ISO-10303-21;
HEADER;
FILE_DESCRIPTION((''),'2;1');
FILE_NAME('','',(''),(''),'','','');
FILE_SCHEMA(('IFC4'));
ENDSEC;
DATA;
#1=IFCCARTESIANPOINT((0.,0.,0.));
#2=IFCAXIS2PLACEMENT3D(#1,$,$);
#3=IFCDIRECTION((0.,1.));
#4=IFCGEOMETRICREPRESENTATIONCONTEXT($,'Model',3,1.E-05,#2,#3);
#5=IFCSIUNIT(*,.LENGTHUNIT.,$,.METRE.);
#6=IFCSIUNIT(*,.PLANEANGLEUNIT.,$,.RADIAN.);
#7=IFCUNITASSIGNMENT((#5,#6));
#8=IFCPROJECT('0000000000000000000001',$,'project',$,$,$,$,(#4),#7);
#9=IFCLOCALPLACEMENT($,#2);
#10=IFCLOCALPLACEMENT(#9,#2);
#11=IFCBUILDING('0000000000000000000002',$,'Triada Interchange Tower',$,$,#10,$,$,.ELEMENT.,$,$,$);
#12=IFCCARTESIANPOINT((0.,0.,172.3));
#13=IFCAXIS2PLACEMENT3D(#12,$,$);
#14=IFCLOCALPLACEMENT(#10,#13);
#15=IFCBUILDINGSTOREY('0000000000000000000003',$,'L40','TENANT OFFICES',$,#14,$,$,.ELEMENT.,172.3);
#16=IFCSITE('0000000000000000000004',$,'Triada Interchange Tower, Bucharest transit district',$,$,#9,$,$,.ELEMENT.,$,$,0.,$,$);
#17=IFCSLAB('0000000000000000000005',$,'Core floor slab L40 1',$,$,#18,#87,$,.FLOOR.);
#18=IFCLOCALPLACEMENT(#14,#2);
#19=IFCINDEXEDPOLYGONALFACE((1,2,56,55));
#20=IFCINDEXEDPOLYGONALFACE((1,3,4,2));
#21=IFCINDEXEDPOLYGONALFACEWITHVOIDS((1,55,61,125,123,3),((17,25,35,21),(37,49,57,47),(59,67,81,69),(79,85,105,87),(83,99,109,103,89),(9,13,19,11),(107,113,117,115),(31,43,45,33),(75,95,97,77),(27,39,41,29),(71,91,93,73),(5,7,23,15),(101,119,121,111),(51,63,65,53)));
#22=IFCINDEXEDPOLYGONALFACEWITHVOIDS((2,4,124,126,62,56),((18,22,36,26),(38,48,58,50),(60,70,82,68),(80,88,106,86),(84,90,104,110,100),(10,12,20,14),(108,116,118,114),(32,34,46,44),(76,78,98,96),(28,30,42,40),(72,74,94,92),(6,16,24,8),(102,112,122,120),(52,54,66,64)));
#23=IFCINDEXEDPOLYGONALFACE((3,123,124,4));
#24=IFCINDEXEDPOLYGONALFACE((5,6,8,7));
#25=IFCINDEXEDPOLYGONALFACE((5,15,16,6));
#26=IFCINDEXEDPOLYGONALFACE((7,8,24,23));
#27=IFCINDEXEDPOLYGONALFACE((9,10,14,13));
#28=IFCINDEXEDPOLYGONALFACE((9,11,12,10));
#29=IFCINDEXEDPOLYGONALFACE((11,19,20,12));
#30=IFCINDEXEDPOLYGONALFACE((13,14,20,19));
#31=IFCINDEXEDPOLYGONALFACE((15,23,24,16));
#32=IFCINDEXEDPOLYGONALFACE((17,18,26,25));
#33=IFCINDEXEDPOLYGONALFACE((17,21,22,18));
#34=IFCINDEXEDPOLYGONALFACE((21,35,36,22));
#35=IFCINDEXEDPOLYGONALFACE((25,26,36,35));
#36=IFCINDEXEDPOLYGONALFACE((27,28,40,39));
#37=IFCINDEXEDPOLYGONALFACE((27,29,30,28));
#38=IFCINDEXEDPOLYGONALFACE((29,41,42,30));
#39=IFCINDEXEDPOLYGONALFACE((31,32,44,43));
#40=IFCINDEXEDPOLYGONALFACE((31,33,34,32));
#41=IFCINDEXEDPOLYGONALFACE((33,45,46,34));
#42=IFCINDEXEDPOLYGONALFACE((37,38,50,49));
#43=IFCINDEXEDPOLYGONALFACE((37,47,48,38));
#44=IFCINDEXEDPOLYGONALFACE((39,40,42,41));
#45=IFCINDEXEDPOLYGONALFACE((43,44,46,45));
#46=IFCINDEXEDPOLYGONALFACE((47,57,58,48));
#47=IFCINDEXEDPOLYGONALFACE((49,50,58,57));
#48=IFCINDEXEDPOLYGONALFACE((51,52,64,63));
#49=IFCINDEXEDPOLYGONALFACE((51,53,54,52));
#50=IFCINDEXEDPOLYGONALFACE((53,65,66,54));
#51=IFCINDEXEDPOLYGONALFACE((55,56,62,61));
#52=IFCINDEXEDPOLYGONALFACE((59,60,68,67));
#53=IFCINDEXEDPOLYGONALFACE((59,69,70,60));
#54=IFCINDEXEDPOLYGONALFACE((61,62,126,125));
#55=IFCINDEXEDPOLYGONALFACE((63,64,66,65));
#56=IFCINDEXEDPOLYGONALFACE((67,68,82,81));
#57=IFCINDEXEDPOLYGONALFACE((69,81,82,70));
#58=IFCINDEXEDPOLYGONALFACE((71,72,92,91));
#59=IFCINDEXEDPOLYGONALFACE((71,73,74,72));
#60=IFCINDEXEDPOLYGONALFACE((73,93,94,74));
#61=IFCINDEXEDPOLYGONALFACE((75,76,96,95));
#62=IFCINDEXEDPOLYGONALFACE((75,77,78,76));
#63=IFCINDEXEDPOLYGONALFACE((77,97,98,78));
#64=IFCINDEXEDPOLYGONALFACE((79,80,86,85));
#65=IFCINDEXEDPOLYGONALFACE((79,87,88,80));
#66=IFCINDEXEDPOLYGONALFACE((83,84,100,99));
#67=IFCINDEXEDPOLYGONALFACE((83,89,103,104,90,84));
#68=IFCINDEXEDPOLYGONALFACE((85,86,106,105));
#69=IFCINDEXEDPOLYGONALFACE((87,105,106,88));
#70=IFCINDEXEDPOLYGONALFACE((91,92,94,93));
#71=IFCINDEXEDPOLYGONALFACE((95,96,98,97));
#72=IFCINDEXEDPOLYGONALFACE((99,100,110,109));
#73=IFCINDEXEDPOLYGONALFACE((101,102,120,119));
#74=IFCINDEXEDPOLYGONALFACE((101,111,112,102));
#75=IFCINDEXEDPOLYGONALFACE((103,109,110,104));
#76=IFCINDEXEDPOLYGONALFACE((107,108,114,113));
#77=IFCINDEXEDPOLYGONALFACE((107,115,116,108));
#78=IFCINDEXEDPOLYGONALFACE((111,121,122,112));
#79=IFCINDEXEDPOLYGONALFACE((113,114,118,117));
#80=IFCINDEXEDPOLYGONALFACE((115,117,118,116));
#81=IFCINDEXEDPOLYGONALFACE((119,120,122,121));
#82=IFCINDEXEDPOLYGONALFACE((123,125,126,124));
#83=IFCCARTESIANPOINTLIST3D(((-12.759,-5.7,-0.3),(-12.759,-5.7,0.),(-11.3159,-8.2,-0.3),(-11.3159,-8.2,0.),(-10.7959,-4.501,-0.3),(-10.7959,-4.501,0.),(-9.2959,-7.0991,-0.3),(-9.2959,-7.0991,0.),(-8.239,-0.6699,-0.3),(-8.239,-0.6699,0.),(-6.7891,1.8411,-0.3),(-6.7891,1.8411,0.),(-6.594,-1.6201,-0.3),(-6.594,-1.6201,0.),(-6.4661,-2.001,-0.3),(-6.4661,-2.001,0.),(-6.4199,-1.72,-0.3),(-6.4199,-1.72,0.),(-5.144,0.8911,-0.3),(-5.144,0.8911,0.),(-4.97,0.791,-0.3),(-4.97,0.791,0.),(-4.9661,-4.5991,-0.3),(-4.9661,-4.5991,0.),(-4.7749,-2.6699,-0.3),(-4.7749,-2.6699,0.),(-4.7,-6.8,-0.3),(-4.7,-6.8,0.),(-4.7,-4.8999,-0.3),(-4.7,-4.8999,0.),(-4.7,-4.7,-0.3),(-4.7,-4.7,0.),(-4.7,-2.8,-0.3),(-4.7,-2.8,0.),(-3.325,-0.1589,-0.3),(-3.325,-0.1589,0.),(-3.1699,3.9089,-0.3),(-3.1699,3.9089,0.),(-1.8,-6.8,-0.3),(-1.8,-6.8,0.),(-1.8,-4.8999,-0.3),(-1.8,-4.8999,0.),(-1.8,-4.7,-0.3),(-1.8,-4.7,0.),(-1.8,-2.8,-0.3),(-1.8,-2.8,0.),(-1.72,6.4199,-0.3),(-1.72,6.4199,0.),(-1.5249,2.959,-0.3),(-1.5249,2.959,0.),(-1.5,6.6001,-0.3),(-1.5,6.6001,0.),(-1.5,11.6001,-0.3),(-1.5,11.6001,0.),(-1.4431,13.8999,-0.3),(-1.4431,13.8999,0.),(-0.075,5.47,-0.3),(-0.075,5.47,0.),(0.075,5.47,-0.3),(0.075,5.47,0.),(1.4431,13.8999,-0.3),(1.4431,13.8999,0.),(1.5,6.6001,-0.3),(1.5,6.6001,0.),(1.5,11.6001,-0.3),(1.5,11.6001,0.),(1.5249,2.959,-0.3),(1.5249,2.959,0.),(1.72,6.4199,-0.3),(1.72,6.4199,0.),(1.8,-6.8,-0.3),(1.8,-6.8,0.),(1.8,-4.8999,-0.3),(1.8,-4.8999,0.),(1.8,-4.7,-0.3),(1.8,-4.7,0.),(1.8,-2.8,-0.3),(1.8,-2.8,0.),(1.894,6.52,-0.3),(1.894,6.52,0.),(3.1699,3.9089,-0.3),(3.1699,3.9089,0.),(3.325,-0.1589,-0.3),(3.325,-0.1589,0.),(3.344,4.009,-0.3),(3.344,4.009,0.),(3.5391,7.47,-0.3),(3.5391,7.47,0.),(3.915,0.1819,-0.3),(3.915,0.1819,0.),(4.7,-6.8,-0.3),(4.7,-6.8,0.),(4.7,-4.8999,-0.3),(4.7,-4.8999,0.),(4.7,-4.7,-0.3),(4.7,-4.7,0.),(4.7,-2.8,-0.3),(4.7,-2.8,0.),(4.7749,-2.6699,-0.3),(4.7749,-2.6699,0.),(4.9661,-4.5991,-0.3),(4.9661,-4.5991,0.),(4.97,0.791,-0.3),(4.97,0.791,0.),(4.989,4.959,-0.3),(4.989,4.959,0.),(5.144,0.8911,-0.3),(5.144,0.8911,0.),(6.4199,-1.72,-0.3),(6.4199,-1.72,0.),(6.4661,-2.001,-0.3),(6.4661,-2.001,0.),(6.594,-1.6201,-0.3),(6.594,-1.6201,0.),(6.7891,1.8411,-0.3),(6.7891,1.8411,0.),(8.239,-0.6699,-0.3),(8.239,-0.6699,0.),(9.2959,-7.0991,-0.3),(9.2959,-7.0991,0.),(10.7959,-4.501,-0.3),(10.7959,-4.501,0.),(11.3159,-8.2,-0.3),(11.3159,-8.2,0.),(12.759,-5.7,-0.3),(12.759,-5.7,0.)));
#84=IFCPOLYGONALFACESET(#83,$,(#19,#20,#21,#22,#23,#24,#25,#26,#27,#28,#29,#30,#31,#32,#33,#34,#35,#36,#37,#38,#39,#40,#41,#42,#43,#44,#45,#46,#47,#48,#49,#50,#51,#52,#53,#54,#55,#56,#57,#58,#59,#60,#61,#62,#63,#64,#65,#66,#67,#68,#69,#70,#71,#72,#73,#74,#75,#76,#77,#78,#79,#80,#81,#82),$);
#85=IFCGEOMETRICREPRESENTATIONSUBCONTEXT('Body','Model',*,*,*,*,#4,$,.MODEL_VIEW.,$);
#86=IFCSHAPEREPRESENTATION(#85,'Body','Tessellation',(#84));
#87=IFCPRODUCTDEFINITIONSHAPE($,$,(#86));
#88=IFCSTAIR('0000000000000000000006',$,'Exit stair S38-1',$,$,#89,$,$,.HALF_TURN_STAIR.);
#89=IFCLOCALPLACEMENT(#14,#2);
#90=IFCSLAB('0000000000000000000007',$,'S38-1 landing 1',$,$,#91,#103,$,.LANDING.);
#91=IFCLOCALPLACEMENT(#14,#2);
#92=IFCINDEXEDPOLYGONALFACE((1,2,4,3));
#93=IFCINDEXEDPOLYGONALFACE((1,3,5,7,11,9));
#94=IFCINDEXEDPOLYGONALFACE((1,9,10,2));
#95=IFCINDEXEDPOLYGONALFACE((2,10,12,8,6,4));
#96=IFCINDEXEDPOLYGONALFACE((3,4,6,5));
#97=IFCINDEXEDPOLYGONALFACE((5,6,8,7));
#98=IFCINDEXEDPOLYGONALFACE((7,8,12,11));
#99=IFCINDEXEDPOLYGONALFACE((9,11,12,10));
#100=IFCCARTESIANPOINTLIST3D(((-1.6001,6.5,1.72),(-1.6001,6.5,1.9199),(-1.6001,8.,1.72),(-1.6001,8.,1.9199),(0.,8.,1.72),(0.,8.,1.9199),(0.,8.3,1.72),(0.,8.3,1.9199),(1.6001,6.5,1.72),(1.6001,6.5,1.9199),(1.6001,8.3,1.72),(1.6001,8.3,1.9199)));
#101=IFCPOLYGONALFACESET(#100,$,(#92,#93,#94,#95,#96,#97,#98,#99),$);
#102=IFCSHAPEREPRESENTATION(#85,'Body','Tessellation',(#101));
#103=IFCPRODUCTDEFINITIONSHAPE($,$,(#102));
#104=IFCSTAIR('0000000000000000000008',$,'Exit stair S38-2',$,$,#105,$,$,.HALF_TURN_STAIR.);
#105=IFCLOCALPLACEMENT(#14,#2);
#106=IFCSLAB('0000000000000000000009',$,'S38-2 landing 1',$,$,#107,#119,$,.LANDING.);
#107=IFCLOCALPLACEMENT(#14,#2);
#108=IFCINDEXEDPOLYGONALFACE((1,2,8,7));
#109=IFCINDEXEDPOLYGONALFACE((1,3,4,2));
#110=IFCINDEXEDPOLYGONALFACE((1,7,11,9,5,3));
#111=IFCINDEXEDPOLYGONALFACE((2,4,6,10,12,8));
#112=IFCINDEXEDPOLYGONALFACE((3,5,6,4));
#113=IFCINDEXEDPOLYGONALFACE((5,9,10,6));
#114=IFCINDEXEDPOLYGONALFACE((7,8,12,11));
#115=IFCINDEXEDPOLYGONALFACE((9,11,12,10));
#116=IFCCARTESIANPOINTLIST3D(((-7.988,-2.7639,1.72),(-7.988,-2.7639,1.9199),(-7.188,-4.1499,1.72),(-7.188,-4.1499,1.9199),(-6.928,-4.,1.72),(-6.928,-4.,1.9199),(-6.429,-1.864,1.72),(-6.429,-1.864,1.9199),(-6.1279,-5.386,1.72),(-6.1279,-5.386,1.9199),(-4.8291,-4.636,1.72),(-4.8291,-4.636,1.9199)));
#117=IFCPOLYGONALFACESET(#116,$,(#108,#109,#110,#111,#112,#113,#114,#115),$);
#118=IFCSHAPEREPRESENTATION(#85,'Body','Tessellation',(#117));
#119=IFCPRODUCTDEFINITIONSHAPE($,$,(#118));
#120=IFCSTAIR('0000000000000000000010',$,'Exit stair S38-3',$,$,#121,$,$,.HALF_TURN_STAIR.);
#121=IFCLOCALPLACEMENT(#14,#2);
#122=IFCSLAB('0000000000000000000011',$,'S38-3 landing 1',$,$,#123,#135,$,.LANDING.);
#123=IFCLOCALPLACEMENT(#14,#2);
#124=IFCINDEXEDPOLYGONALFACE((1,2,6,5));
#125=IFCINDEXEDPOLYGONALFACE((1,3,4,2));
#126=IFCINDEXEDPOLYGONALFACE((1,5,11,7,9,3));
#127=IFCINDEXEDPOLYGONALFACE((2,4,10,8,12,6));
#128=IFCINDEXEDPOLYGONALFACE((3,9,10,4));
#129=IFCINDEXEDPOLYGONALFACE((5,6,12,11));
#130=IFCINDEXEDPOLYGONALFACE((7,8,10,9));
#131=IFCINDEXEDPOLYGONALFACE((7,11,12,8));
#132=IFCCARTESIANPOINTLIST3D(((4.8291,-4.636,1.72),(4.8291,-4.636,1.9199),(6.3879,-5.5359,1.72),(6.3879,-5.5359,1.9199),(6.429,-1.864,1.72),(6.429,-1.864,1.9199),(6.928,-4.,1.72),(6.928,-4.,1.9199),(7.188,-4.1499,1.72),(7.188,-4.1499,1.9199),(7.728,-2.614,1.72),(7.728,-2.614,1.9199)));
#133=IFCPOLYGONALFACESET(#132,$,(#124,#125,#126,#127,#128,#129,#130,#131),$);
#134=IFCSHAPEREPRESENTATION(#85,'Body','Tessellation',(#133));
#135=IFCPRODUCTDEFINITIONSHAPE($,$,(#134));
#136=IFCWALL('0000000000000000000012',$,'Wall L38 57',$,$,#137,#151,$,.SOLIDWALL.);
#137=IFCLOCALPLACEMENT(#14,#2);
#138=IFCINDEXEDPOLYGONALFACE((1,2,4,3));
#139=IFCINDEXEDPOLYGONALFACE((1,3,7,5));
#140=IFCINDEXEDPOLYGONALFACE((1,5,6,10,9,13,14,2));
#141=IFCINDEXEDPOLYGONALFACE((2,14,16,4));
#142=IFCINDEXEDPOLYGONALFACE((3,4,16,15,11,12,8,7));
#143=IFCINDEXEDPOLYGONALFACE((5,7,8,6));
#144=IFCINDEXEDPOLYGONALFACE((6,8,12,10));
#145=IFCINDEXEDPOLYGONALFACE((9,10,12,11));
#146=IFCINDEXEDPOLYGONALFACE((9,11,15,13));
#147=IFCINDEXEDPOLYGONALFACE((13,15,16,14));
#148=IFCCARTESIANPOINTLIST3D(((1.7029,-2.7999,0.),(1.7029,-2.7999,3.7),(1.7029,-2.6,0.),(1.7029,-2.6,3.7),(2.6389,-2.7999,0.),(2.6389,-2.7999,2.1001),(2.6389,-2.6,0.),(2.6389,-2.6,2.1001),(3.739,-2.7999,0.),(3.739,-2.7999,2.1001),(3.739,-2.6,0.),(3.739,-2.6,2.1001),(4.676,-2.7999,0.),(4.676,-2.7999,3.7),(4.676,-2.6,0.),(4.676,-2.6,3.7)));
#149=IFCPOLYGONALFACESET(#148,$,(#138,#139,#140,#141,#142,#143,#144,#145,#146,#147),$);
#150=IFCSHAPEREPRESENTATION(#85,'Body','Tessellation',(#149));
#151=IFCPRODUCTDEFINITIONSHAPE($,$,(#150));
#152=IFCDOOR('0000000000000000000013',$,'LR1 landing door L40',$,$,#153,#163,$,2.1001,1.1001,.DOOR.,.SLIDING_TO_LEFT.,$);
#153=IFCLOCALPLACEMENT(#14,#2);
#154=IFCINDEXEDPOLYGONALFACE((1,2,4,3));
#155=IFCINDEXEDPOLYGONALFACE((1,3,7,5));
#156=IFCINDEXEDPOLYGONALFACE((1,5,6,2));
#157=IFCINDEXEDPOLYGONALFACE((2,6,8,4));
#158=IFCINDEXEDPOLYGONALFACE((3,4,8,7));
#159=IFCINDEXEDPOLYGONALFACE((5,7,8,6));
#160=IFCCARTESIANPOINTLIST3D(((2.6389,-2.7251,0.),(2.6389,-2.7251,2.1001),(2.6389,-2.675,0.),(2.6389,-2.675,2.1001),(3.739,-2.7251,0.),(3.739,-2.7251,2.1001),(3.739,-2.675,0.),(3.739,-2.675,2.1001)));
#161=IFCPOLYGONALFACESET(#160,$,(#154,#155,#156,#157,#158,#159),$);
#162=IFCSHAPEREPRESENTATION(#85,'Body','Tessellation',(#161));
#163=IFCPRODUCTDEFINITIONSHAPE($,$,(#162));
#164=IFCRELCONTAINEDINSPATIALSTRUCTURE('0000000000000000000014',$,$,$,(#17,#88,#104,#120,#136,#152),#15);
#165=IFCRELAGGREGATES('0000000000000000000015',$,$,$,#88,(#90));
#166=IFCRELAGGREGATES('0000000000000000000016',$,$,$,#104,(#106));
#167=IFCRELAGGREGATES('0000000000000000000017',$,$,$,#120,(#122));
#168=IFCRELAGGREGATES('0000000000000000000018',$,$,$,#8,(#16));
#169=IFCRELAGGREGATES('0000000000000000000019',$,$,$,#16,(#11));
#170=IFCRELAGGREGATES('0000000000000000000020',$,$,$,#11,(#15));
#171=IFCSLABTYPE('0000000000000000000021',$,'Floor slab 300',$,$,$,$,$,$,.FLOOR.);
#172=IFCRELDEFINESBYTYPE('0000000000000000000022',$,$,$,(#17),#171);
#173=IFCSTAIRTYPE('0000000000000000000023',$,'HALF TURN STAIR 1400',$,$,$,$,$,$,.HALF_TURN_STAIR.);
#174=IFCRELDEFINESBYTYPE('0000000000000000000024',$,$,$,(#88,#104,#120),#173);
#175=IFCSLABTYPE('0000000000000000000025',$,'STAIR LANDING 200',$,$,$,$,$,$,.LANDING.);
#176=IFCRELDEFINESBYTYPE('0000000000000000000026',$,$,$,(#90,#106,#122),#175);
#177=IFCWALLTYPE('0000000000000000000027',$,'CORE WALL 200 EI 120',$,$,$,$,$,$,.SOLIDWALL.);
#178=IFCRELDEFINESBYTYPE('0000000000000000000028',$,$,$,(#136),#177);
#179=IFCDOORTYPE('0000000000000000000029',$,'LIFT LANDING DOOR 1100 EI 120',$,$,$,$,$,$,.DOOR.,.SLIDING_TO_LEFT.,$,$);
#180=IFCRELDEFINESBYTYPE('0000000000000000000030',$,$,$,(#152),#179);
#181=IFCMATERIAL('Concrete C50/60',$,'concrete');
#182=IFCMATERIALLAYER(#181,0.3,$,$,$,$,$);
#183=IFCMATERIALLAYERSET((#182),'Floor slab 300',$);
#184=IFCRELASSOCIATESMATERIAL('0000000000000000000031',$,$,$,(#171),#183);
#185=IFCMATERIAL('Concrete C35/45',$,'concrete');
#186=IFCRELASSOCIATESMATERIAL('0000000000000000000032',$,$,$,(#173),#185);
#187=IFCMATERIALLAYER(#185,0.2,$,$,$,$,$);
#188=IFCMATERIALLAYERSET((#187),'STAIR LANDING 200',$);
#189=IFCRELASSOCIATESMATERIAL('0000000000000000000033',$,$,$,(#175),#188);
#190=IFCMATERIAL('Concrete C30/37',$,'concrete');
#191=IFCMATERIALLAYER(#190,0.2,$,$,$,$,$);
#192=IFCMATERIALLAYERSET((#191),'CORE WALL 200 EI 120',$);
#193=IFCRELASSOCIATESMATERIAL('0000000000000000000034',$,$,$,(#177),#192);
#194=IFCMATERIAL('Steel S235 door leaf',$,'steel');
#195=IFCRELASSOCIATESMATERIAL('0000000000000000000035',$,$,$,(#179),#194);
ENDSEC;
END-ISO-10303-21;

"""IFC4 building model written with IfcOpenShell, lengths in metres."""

from ifc_helpers import new_model, si_unit, direction, frame, frame_2d, origin, place, context, subcontext, project, spatial, polyline, rectangle, outline, extrude, material, layer, layer_set, type_object, element, fill, aggregate, save


model = new_model("IFC4")

# Units and contexts
model_context = context("Model", 3, precision=1e-05, world=origin(), true_north=direction((0.0, 1.0)))
body_context = subcontext(model_context, "Body", "Model", "MODEL_VIEW")
ifc_project = project(units=[si_unit("LENGTHUNIT", "METRE"), si_unit("PLANEANGLEUNIT", "RADIAN")], contexts=[model_context])

# Site, building, storey
site_placement = place(None, origin())
site = spatial("IfcSite", under=ifc_project, at=site_placement, Name="Triada Interchange Tower, Bucharest transit district", CompositionType="ELEMENT", RefElevation=0.0)
building_placement = place(site_placement, origin())
building = spatial("IfcBuilding", under=site, at=building_placement, Name="Triada Interchange Tower", CompositionType="ELEMENT")
storey_placement = place(building_placement, frame((0.0, 0.0, 172.3)))
storey = spatial("IfcBuildingStorey", under=building, at=storey_placement, Name="L40", Description="TENANT OFFICES", CompositionType="ELEMENT", Elevation=172.3)

# Slab
ifc_material_1 = material(Name="Concrete C50/60", Category="concrete")
ifc_layer_1 = layer(ifc_material_1, 0.3)
ifc_layer_set_1 = layer_set([ifc_layer_1], Name="Floor slab 300")
slab_type_1 = type_object("IfcSlabType", Name="Floor slab 300", PredefinedType="FLOOR", material=ifc_layer_set_1)
slab_1_placement = place(storey_placement, frame((0.0, 0.0, -0.3)))
element("IfcSlab", 1, at=slab_1_placement, inside=storey, type_object=slab_type_1, Name="Core floor slab L40 1", PredefinedType="FLOOR", context=body_context, shape_type="SweptSolid", body=[
    extrude(outline(polyline([(12.759, -5.7), (11.3159, -8.2), (-11.3159, -8.2), (-12.759, -5.7), (-1.4431, 13.8999), (1.4431, 13.8999), (12.759, -5.7)]), holes=[polyline([(9.2959, -7.0991), (10.7959, -4.501), (6.4661, -2.001), (4.9661, -4.5991), (9.2959, -7.0991)]), polyline([(6.7891, 1.8411), (5.144, 0.8911), (6.594, -1.6201), (8.239, -0.6699), (6.7891, 1.8411)]), polyline([(4.7749, -2.6699), (6.4199, -1.72), (4.97, 0.791), (3.915, 0.1819), (3.325, -0.1589), (4.7749, -2.6699)]), polyline([(1.894, 6.52), (3.344, 4.009), (4.989, 4.959), (3.5391, 7.47), (1.894, 6.52)]), polyline([(4.7, -6.8), (4.7, -4.8999), (1.8, -4.8999), (1.8, -6.8), (4.7, -6.8)]), polyline([(4.7, -2.8), (1.8, -2.8), (1.8, -4.7), (4.7, -4.7), (4.7, -2.8)]), polyline([(0.075, 5.47), (1.5249, 2.959), (3.1699, 3.9089), (1.72, 6.4199), (0.075, 5.47)]), polyline([(1.5, 11.6001), (-1.5, 11.6001), (-1.5, 6.6001), (1.5, 6.6001), (1.5, 11.6001)]), polyline([(-1.5249, 2.959), (-0.075, 5.47), (-1.72, 6.4199), (-3.1699, 3.9089), (-1.5249, 2.959)]), polyline([(-1.8, -2.8), (-4.7, -2.8), (-4.7, -4.7), (-1.8, -4.7), (-1.8, -2.8)]), polyline([(-4.7, -6.8), (-1.8, -6.8), (-1.8, -4.8999), (-4.7, -4.8999), (-4.7, -6.8)]), polyline([(-4.7749, -2.6699), (-3.325, -0.1589), (-4.97, 0.791), (-6.4199, -1.72), (-4.7749, -2.6699)]), polyline([(-10.7959, -4.501), (-9.2959, -7.0991), (-4.9661, -4.5991), (-6.4661, -2.001), (-10.7959, -4.501)]), polyline([(-6.594, -1.6201), (-5.144, 0.8911), (-6.7891, 1.8411), (-8.239, -0.6699), (-6.594, -1.6201)])]), origin(), (0.0, 0.0, 1.0), 0.3),
])

# Stairs, slabs
ifc_material_2 = material(Name="Concrete C35/45", Category="concrete")
stair_type = type_object("IfcStairType", Name="HALF TURN STAIR 1400", PredefinedType="HALF_TURN_STAIR", material=ifc_material_2)
stair_1_placement = place(storey_placement, origin())
stair_1 = element("IfcStair", 2, at=stair_1_placement, inside=storey, type_object=stair_type, Name="Exit stair S38-1", PredefinedType="HALF_TURN_STAIR")
ifc_layer_2 = layer(ifc_material_2, 0.2)
ifc_layer_set_2 = layer_set([ifc_layer_2], Name="STAIR LANDING 200")
slab_type_2 = type_object("IfcSlabType", Name="STAIR LANDING 200", PredefinedType="LANDING", material=ifc_layer_set_2)
slab_2_placement = place(storey_placement, frame((0.0, 0.0, 1.72)))
slab_2 = element("IfcSlab", 3, at=slab_2_placement, type_object=slab_type_2, Name="S38-1 landing 1", PredefinedType="LANDING", context=body_context, shape_type="SweptSolid", body=[
    extrude(outline(polyline([(1.6001, 6.5), (1.6001, 8.3), (0.0, 8.3), (0.0, 8.0), (-1.6001, 8.0), (-1.6001, 6.5), (1.6001, 6.5)])), origin(), (0.0, 0.0, 1.0), 0.2),
])
aggregate(stair_1, [slab_2])
stair_2_placement = place(storey_placement, origin())
stair_2 = element("IfcStair", 4, at=stair_2_placement, inside=storey, type_object=stair_type, Name="Exit stair S38-2", PredefinedType="HALF_TURN_STAIR")
slab_3_placement = place(storey_placement, frame((0.0, 0.0, 1.72)))
slab_3 = element("IfcSlab", 5, at=slab_3_placement, type_object=slab_type_2, Name="S38-2 landing 1", PredefinedType="LANDING", context=body_context, shape_type="SweptSolid", body=[
    extrude(outline(polyline([(-6.429, -1.864), (-7.988, -2.7639), (-7.188, -4.1499), (-6.928, -4.0), (-6.1279, -5.386), (-4.8291, -4.636), (-6.429, -1.864)])), origin(), (0.0, 0.0, 1.0), 0.2),
])
aggregate(stair_2, [slab_3])
stair_3_placement = place(storey_placement, origin())
stair_3 = element("IfcStair", 6, at=stair_3_placement, inside=storey, type_object=stair_type, Name="Exit stair S38-3", PredefinedType="HALF_TURN_STAIR")
slab_4_placement = place(storey_placement, frame((0.0, 0.0, 1.72)))
slab_4 = element("IfcSlab", 7, at=slab_4_placement, type_object=slab_type_2, Name="S38-3 landing 1", PredefinedType="LANDING", context=body_context, shape_type="SweptSolid", body=[
    extrude(outline(polyline([(4.8291, -4.636), (6.3879, -5.5359), (7.188, -4.1499), (6.928, -4.0), (7.728, -2.614), (6.429, -1.864), (4.8291, -4.636)])), origin(), (0.0, 0.0, 1.0), 0.2),
])
aggregate(stair_3, [slab_4])

# Wall, opening, door
ifc_material_3 = material(Name="Concrete C30/37", Category="concrete")
ifc_layer_3 = layer(ifc_material_3, 0.2)
ifc_layer_set_3 = layer_set([ifc_layer_3], Name="CORE WALL 200 EI 120")
wall_type_1 = type_object("IfcWallType", Name="CORE WALL 200 EI 120", PredefinedType="SOLIDWALL", material=ifc_layer_set_3)
wall_1_placement = place(storey_placement, frame((1.7029, -2.7, 0.0), z_axis=(0.0, 0.0, 1.0), x_axis=(1.0, 0.0, 0.0)))
wall_1 = element("IfcWall", 8, at=wall_1_placement, inside=storey, type_object=wall_type_1, Name="Wall L38 57", PredefinedType="SOLIDWALL", context=body_context, shape_type="SweptSolid", body=[
    extrude(rectangle(XDim=2.9731, YDim=0.2, at=frame_2d((1.4866, 0.0))), origin(), (0.0, 0.0, 1.0), 3.7),
])
opening_1_placement = place(wall_1_placement, frame((0.936, 0.0, 0.0)))
opening_1 = element("IfcOpeningElement", 9, at=opening_1_placement, cuts=wall_1, PredefinedType="OPENING", context=body_context, shape_type="SweptSolid", body=[
    extrude(rectangle(XDim=1.1001, YDim=2.1001, at=frame_2d((0.55, 1.05))), frame((0.0, 0.1099, 0.0), z_axis=(0.0, -1.0, 0.0), x_axis=(1.0, 0.0, 0.0)), (0.0, 0.0, 1.0), 0.22),
])
ifc_material_4 = material(Name="Steel S235 door leaf", Category="steel")
door_type = type_object("IfcDoorType", Name="LIFT LANDING DOOR 1100 EI 120", OperationType="SLIDING_TO_LEFT", PredefinedType="DOOR", material=ifc_material_4)
door_1_placement = place(opening_1_placement, origin())
door_1 = element("IfcDoor", 10, at=door_1_placement, inside=storey, type_object=door_type, Name="LR1 landing door L40", OperationType="SLIDING_TO_LEFT", OverallHeight=2.1001, OverallWidth=1.1001, PredefinedType="DOOR", context=body_context, shape_type="SweptSolid", body=[
    extrude(rectangle(XDim=1.1001, YDim=2.1001, at=frame_2d((0.55, 1.05))), frame((0.0, 0.0249, 0.0), z_axis=(0.0, -1.0, 0.0), x_axis=(1.0, 0.0, 0.0)), (0.0, 0.0, 1.0), 0.05),
])
fill(opening_1, door_1)

save(model, "model.ifc")
